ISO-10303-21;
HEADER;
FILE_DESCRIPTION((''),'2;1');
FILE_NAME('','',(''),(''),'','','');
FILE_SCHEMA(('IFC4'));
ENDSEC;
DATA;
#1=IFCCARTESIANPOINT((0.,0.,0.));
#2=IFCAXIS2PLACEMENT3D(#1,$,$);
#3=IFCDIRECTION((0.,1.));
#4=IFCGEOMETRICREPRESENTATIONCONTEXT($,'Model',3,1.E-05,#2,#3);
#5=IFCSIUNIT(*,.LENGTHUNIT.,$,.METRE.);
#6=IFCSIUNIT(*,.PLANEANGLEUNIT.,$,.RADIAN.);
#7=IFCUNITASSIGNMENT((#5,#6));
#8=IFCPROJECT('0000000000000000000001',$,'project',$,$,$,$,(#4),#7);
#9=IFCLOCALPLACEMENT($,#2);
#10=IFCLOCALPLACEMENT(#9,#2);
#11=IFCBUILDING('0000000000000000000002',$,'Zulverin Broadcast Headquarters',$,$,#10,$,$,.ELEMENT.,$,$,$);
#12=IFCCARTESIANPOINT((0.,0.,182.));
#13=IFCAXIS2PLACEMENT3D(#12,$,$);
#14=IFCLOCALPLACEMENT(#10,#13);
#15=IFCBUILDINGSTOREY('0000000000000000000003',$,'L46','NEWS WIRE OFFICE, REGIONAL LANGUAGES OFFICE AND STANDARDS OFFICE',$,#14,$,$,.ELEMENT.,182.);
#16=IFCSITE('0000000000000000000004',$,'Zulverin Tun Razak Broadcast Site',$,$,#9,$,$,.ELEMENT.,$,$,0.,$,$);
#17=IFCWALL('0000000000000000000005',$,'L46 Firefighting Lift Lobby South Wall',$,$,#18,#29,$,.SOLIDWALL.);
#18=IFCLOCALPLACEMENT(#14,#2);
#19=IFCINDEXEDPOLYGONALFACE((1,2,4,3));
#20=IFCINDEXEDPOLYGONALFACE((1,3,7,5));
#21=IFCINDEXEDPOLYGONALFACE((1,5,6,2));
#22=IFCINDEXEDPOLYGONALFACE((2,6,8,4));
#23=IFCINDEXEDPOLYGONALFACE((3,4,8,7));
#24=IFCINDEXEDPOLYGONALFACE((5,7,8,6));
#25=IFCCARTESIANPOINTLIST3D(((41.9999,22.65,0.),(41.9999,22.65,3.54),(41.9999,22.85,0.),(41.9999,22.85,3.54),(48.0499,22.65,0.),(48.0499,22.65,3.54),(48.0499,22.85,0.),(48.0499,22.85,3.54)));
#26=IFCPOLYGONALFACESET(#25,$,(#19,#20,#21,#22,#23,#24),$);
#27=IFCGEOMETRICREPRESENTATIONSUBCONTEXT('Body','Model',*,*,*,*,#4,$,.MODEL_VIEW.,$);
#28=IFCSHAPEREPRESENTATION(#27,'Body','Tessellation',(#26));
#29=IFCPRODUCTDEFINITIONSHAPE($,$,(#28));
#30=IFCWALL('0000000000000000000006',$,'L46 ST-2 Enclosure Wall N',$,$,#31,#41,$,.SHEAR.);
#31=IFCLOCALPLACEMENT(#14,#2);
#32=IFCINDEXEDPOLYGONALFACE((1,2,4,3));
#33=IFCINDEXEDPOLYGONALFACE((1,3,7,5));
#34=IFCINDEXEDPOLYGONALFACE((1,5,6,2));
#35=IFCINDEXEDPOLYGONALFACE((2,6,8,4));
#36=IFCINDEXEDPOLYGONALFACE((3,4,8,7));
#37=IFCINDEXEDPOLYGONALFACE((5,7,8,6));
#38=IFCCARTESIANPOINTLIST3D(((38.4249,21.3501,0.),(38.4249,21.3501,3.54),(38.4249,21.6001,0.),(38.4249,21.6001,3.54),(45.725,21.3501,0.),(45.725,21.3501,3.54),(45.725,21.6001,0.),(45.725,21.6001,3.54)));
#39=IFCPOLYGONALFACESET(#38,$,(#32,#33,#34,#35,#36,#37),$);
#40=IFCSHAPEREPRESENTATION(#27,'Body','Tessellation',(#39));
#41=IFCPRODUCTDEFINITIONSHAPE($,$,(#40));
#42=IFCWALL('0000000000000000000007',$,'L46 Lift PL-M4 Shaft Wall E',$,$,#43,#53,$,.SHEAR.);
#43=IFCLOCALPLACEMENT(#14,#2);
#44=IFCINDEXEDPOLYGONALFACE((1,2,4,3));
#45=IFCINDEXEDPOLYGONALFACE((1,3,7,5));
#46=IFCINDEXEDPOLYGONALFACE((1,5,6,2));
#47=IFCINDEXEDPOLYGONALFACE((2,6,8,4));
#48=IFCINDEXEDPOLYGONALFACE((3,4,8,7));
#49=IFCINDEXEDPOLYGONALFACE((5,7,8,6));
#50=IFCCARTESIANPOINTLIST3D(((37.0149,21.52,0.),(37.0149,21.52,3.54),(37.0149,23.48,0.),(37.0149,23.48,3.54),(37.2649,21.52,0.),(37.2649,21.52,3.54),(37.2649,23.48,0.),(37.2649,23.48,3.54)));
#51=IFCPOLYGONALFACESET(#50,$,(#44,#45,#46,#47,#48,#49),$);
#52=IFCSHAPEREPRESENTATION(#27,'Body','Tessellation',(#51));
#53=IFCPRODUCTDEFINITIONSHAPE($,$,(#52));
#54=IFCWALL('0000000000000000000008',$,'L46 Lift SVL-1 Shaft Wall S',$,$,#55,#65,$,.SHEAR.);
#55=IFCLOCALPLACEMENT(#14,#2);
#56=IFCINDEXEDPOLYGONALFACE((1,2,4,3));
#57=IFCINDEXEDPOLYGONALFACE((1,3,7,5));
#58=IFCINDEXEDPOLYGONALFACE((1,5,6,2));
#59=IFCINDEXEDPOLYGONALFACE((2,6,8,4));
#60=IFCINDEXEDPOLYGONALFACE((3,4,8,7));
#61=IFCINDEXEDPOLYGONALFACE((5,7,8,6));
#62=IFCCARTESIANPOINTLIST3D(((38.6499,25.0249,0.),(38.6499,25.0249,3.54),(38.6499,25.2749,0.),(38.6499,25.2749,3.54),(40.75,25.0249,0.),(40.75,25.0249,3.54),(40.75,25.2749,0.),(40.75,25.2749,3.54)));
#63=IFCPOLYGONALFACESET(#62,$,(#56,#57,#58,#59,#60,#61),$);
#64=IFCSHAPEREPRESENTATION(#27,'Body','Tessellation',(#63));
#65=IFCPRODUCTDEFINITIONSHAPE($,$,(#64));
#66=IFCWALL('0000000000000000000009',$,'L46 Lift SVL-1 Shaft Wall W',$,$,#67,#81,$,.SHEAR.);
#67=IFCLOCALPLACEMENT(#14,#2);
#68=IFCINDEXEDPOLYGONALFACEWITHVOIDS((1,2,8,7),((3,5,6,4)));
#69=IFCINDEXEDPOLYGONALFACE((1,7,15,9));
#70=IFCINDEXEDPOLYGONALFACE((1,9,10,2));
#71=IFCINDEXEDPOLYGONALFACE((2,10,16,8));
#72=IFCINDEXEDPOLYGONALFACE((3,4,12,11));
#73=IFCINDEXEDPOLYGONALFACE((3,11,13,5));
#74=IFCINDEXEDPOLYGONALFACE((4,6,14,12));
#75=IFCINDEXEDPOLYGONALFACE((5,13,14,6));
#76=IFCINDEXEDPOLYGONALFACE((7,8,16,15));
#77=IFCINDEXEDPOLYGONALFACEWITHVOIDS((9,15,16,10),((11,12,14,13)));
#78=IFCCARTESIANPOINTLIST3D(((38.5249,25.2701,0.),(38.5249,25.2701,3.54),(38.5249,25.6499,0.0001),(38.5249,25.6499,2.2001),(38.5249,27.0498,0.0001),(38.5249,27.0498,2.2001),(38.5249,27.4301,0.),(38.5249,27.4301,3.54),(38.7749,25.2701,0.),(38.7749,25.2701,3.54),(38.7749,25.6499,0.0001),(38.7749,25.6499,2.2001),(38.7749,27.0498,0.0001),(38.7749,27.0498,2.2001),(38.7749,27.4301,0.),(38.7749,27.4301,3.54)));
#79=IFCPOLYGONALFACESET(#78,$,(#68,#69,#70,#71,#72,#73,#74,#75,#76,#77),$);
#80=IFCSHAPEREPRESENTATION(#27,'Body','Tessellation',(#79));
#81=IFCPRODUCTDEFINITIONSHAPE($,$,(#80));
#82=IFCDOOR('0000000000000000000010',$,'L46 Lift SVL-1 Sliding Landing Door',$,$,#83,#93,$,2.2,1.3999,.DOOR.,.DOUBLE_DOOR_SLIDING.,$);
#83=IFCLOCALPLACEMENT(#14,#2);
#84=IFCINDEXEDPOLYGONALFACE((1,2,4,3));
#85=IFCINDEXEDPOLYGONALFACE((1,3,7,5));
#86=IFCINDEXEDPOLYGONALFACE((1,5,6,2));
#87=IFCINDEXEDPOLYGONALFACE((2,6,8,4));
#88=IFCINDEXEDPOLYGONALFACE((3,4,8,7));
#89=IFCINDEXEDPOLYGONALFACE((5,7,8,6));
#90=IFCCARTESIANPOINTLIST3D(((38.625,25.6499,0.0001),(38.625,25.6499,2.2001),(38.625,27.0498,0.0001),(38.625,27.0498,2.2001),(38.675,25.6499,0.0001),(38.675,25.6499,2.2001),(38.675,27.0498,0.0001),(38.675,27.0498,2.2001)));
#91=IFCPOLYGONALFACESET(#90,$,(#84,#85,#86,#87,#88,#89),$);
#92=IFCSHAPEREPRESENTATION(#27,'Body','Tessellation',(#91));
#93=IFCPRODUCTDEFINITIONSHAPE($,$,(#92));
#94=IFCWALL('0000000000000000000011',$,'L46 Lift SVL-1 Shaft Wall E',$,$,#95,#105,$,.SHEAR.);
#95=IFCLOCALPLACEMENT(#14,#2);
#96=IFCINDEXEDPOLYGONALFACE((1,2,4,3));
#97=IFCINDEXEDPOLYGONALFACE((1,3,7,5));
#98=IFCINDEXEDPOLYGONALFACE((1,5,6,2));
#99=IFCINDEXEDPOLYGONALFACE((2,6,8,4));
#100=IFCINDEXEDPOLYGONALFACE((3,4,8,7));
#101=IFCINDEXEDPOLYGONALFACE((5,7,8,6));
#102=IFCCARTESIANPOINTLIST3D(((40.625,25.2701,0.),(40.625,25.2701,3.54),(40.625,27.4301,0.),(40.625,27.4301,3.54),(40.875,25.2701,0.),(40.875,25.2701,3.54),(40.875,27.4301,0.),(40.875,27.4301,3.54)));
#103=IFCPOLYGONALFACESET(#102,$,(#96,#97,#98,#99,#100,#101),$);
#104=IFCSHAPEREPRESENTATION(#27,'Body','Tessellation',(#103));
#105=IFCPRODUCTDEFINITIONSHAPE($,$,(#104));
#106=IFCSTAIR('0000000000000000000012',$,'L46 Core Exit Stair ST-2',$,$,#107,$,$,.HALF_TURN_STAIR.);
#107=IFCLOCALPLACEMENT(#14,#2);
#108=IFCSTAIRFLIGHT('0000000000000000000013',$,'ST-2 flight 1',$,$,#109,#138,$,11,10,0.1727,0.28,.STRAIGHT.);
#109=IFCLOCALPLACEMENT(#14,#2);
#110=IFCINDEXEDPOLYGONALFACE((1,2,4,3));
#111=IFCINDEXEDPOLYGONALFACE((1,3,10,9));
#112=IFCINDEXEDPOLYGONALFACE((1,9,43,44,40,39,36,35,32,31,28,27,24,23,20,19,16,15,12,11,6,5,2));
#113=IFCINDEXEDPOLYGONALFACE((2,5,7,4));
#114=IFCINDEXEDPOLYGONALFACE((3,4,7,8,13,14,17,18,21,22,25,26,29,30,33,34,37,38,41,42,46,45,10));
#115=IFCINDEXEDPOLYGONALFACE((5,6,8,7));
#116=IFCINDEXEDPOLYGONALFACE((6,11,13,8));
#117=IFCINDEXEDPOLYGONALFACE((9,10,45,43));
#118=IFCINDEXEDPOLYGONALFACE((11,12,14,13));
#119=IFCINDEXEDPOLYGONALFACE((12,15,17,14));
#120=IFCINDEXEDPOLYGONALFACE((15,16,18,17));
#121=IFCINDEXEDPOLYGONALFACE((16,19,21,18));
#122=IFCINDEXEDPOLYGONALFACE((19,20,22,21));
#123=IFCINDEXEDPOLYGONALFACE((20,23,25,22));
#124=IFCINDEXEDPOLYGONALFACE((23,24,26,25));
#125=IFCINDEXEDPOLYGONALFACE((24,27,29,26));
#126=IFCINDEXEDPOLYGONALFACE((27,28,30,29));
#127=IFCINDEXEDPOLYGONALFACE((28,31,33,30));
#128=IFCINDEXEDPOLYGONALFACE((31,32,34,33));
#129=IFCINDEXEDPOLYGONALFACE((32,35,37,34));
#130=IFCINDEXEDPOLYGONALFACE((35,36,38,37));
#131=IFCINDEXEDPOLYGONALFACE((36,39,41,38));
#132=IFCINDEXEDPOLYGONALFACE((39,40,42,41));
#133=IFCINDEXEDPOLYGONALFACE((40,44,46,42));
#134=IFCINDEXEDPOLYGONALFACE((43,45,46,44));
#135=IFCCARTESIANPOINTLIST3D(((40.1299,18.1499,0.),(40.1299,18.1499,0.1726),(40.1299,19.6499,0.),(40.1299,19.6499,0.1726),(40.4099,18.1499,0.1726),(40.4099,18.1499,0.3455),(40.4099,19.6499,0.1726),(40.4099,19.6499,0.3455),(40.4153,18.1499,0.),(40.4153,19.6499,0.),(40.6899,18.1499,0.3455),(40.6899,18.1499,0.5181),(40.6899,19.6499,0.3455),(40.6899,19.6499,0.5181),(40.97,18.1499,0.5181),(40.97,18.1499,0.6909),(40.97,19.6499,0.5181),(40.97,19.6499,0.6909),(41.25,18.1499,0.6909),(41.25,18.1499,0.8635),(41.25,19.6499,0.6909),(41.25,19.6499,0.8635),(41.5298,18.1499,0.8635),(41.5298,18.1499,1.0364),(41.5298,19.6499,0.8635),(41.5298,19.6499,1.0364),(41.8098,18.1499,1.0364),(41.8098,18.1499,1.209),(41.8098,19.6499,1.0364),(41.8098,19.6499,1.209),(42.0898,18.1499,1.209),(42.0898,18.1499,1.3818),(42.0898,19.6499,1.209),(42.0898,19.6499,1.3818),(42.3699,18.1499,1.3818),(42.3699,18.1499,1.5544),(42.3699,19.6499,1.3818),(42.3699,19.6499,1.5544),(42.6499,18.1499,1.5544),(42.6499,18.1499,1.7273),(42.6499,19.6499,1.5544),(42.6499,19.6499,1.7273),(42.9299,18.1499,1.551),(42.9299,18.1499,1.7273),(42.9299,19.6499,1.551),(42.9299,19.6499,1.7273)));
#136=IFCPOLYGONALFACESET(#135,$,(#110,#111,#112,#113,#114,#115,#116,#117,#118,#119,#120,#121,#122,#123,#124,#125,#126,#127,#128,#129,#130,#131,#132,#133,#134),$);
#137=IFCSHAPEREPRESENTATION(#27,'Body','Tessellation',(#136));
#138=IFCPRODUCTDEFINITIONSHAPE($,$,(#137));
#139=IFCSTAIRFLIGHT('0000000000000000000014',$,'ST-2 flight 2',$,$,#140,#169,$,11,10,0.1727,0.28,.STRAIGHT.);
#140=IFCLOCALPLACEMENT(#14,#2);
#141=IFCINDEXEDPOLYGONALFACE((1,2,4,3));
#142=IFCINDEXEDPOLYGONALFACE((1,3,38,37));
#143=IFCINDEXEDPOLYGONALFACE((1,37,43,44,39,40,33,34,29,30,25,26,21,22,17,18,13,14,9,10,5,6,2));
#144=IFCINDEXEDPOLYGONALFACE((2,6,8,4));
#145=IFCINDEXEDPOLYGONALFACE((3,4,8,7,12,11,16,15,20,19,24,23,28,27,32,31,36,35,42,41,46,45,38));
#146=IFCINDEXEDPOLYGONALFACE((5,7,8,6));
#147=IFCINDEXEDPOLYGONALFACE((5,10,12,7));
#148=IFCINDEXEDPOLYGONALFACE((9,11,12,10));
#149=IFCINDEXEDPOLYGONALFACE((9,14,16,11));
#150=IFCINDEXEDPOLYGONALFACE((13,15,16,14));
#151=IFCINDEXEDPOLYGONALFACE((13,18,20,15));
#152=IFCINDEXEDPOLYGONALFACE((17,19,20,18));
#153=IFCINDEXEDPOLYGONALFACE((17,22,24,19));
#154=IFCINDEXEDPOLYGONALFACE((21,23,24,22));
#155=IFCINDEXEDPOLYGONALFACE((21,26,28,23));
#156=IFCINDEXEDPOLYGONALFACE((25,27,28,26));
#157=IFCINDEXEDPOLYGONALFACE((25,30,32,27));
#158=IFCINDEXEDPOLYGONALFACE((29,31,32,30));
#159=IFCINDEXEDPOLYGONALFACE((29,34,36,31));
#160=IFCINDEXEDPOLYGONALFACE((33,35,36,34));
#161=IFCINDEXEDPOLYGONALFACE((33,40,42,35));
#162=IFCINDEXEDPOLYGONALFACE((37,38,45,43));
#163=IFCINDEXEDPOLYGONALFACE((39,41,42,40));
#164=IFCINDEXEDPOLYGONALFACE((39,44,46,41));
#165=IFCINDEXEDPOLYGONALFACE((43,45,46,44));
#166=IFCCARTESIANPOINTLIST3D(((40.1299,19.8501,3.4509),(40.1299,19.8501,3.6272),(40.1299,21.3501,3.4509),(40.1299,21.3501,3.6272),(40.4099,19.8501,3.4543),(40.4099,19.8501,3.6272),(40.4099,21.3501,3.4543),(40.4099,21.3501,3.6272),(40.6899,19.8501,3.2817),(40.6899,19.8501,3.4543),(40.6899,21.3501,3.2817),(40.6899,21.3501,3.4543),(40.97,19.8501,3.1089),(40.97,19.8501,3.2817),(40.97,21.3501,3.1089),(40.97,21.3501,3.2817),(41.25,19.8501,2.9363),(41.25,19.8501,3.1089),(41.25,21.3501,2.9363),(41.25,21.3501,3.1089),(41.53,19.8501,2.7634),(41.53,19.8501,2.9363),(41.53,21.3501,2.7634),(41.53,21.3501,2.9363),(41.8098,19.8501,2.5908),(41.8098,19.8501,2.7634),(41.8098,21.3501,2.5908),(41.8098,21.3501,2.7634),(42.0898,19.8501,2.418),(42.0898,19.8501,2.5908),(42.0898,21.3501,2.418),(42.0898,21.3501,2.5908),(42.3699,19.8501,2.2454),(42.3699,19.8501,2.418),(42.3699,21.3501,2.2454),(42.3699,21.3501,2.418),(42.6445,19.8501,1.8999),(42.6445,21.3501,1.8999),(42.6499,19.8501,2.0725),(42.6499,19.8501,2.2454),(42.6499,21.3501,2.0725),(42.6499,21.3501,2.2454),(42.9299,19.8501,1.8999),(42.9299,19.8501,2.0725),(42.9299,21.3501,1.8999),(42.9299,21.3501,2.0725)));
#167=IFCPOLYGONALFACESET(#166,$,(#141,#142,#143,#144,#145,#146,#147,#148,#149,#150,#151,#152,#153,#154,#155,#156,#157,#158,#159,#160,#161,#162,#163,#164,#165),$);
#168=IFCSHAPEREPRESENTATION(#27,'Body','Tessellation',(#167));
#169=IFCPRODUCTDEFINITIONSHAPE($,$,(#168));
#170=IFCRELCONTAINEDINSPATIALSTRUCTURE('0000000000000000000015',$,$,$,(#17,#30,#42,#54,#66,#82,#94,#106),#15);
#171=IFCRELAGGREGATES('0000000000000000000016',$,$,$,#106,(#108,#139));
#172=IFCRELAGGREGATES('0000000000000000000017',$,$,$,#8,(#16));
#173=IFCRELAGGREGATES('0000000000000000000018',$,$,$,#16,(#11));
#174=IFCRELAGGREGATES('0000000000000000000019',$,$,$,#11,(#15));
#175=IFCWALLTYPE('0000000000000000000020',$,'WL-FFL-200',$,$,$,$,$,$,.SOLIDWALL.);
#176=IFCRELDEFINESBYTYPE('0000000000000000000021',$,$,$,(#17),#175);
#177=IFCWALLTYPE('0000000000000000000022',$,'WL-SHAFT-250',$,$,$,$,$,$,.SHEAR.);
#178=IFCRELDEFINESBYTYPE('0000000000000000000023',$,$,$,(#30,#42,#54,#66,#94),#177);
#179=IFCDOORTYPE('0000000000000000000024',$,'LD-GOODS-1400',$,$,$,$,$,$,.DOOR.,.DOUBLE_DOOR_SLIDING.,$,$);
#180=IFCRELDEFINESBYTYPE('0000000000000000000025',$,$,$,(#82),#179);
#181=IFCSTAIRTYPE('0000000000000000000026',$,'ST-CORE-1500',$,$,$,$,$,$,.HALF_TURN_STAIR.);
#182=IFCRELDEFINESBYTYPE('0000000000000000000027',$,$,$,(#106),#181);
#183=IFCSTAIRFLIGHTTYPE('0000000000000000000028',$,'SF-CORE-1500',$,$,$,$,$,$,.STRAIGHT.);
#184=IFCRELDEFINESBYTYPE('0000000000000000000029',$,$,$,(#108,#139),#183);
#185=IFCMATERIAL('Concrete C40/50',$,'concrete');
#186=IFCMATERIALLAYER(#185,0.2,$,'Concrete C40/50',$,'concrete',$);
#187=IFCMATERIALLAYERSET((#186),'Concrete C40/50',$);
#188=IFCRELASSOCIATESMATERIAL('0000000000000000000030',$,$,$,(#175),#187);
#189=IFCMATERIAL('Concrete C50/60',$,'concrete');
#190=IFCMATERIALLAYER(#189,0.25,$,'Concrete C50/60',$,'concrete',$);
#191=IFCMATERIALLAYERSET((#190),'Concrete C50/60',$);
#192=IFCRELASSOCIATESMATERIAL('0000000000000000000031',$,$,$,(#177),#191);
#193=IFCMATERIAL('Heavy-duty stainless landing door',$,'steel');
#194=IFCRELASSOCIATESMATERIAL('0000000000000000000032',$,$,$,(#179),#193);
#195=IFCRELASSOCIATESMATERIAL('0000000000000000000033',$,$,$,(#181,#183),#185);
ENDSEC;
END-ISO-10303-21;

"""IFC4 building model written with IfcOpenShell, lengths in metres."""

from ifc_helpers import new_model, si_unit, direction, frame, frame_2d, origin, place, context, subcontext, project, spatial, polyline, rectangle, outline, extrude, material, layer, layer_set, type_object, element, fill, aggregate, save


model = new_model("IFC4")

# Units and contexts
model_context = context("Model", 3, precision=1e-05, world=origin(), true_north=direction((0.0, 1.0)))
body_context = subcontext(model_context, "Body", "Model", "MODEL_VIEW")
ifc_project = project(units=[si_unit("LENGTHUNIT", "METRE"), si_unit("PLANEANGLEUNIT", "RADIAN")], contexts=[model_context])

# Site, building, storey
site_placement = place(None, origin())
site = spatial("IfcSite", under=ifc_project, at=site_placement, Name="Zulverin Tun Razak Broadcast Site", CompositionType="ELEMENT", RefElevation=0.0)
building_placement = place(site_placement, origin())
building = spatial("IfcBuilding", under=site, at=building_placement, Name="Zulverin Broadcast Headquarters", CompositionType="ELEMENT")
storey_placement = place(building_placement, frame((0.0, 0.0, 182.0)))
storey = spatial("IfcBuildingStorey", under=building, at=storey_placement, Name="L46", Description="NEWS WIRE OFFICE, REGIONAL LANGUAGES OFFICE AND STANDARDS OFFICE", CompositionType="ELEMENT", Elevation=182.0)

# Shared definitions
ifc_material_1 = material(Name="Concrete C40/50", Category="concrete")
ifc_layer_1 = layer(ifc_material_1, 0.2, Name="Concrete C40/50", Category="concrete")
ifc_layer_set_1 = layer_set([ifc_layer_1], Name="Concrete C40/50")
wall_type_1 = type_object("IfcWallType", Name="WL-FFL-200", PredefinedType="SOLIDWALL", material=ifc_layer_set_1)

# Walls
wall_1_placement = place(storey_placement, frame((42.0, 22.75, 0.0), z_axis=(0.0, 0.0, 1.0), x_axis=(1.0, 0.0, 0.0)))
element("IfcWall", 1, at=wall_1_placement, inside=storey, type_object=wall_type_1, Name="L46 Firefighting Lift Lobby South Wall", PredefinedType="SOLIDWALL", context=body_context, shape_type="SweptSolid", body=[
    extrude(rectangle(XDim=6.05, YDim=0.2, at=frame_2d((3.0249, 0.0))), origin(), (0.0, 0.0, 1.0), 3.54),
])
ifc_material_2 = material(Name="Concrete C50/60", Category="concrete")
ifc_layer_2 = layer(ifc_material_2, 0.25, Name="Concrete C50/60", Category="concrete")
ifc_layer_set_2 = layer_set([ifc_layer_2], Name="Concrete C50/60")
wall_type_2 = type_object("IfcWallType", Name="WL-SHAFT-250", PredefinedType="SHEAR", material=ifc_layer_set_2)
wall_2_placement = place(storey_placement, frame((38.425, 21.4751, 0.0), z_axis=(0.0, 0.0, 1.0), x_axis=(1.0, 0.0, 0.0)))
element("IfcWall", 2, at=wall_2_placement, inside=storey, type_object=wall_type_2, Name="L46 ST-2 Enclosure Wall N", PredefinedType="SHEAR", context=body_context, shape_type="SweptSolid", body=[
    extrude(rectangle(XDim=7.3, YDim=0.25, at=frame_2d((3.6499, 0.0))), origin(), (0.0, 0.0, 1.0), 3.54),
])
wall_3_placement = place(storey_placement, frame((37.1399, 21.52, 0.0), z_axis=(0.0, 0.0, 1.0), x_axis=(0.0, 1.0, 0.0)))
element("IfcWall", 3, at=wall_3_placement, inside=storey, type_object=wall_type_2, Name="L46 Lift PL-M4 Shaft Wall E", PredefinedType="SHEAR", context=body_context, shape_type="SweptSolid", body=[
    extrude(rectangle(XDim=1.96, YDim=0.25, at=frame_2d((0.98, 0.0))), origin(), (0.0, 0.0, 1.0), 3.54),
])

# Wall
wall_4_placement = place(storey_placement, frame((38.6499, 25.1499, 0.0), z_axis=(0.0, 0.0, 1.0), x_axis=(1.0, 0.0, 0.0)))
element("IfcWall", 4, at=wall_4_placement, inside=storey, type_object=wall_type_2, Name="L46 Lift SVL-1 Shaft Wall S", PredefinedType="SHEAR", context=body_context, shape_type="SweptSolid", body=[
    extrude(rectangle(XDim=2.1001, YDim=0.25, at=frame_2d((1.05, 0.0))), origin(), (0.0, 0.0, 1.0), 3.54),
])

# Wall, opening, door
wall_5_placement = place(storey_placement, frame((38.6499, 25.27, 0.0), z_axis=(0.0, 0.0, 1.0), x_axis=(0.0, 1.0, 0.0)))
wall_5 = element("IfcWall", 5, at=wall_5_placement, inside=storey, type_object=wall_type_2, Name="L46 Lift SVL-1 Shaft Wall W", PredefinedType="SHEAR", context=body_context, shape_type="SweptSolid", body=[
    extrude(rectangle(XDim=2.1599, YDim=0.25, at=frame_2d((1.0801, 0.0))), origin(), (0.0, 0.0, 1.0), 3.54),
])
opening_1_placement = place(wall_5_placement, frame((0.3799, 0.0, 0.0)))
opening_1 = element("IfcOpeningElement", 6, at=opening_1_placement, cuts=wall_5, PredefinedType="OPENING", context=body_context, shape_type="SweptSolid", body=[
    extrude(rectangle(XDim=1.3999, YDim=2.2, at=frame_2d((0.7, 1.1001))), frame((0.0, 0.135, 0.0), z_axis=(0.0, -1.0, 0.0), x_axis=(1.0, 0.0, 0.0)), (0.0, 0.0, 1.0), 0.27),
])
ifc_material_3 = material(Name="Heavy-duty stainless landing door", Category="steel")
door_type_1 = type_object("IfcDoorType", Name="LD-GOODS-1400", OperationType="DOUBLE_DOOR_SLIDING", PredefinedType="DOOR", material=ifc_material_3)
door_1_placement = place(opening_1_placement, origin())
door_1 = element("IfcDoor", 7, at=door_1_placement, inside=storey, type_object=door_type_1, Name="L46 Lift SVL-1 Sliding Landing Door", OperationType="DOUBLE_DOOR_SLIDING", OverallHeight=2.2, OverallWidth=1.3999, PredefinedType="DOOR", context=body_context, shape_type="SweptSolid", body=[
    extrude(rectangle(XDim=1.3999, YDim=2.2, at=frame_2d((0.7, 1.1001))), frame((0.0, 0.0249, 0.0), z_axis=(0.0, -1.0, 0.0), x_axis=(1.0, 0.0, 0.0)), (0.0, 0.0, 1.0), 0.05),
])
fill(opening_1, door_1)

# Wall
wall_6_placement = place(storey_placement, frame((40.75, 25.27, 0.0), z_axis=(0.0, 0.0, 1.0), x_axis=(0.0, 1.0, 0.0)))
element("IfcWall", 8, at=wall_6_placement, inside=storey, type_object=wall_type_2, Name="L46 Lift SVL-1 Shaft Wall E", PredefinedType="SHEAR", context=body_context, shape_type="SweptSolid", body=[
    extrude(rectangle(XDim=2.1599, YDim=0.25, at=frame_2d((1.0801, 0.0))), origin(), (0.0, 0.0, 1.0), 3.54),
])

# Stair, stair flights
stair_type = type_object("IfcStairType", Name="ST-CORE-1500", PredefinedType="HALF_TURN_STAIR", material=ifc_material_1)
stair_placement = place(storey_placement, origin())
stair = element("IfcStair", 9, at=stair_placement, inside=storey, type_object=stair_type, Name="L46 Core Exit Stair ST-2", PredefinedType="HALF_TURN_STAIR")
stair_flight_type = type_object("IfcStairFlightType", Name="SF-CORE-1500", PredefinedType="STRAIGHT", material=ifc_material_1)
stair_flight_1_placement = place(storey_placement, frame((40.1299, 18.8999, 0.0), z_axis=(0.0, 0.0, 1.0), x_axis=(1.0, 0.0, 0.0)))
stair_flight_1 = element("IfcStairFlight", 10, at=stair_flight_1_placement, type_object=stair_flight_type, Name="ST-2 flight 1", NumberOfRisers=11, NumberOfTreads=10, PredefinedType="STRAIGHT", RiserHeight=0.1727, TreadLength=0.28, context=body_context, shape_type="SweptSolid", body=[
    extrude(outline(polyline([(0.0, 0.0), (0.0, 0.1726), (0.28, 0.1726), (0.28, 0.3455), (0.5601, 0.3455), (0.5601, 0.5181), (0.8401, 0.5181), (0.8401, 0.6909), (1.1201, 0.6909), (1.1201, 0.8635), (1.3999, 0.8635), (1.3999, 1.0364), (1.6799, 1.0364), (1.6799, 1.209), (1.96, 1.209), (1.96, 1.3818), (2.24, 1.3818), (2.24, 1.5544), (2.52, 1.5544), (2.52, 1.7273), (2.8, 1.7273), (2.8, 1.8999), (2.8, 1.551), (0.2854, 0.0), (0.0, 0.0)])), frame((0.0, 0.75, 0.0), z_axis=(0.0, -1.0, 0.0), x_axis=(1.0, 0.0, 0.0)), (0.0, 0.0, 1.0), 1.5),
])
stair_flight_2_placement = place(storey_placement, frame((42.9299, 20.6001, 1.8999), z_axis=(0.0, 0.0, 1.0), x_axis=(-1.0, 0.0, 0.0)))
stair_flight_2 = element("IfcStairFlight", 11, at=stair_flight_2_placement, type_object=stair_flight_type, Name="ST-2 flight 2", NumberOfRisers=11, NumberOfTreads=10, PredefinedType="STRAIGHT", RiserHeight=0.1727, TreadLength=0.28, context=body_context, shape_type="SweptSolid", body=[
    extrude(outline(polyline([(0.0, 0.0), (0.0, 0.1726), (0.28, 0.1726), (0.28, 0.3455), (0.5601, 0.3455), (0.5601, 0.5181), (0.8401, 0.5181), (0.8401, 0.6909), (1.1201, 0.6909), (1.1201, 0.8635), (1.3999, 0.8635), (1.3999, 1.0364), (1.6799, 1.0364), (1.6799, 1.209), (1.96, 1.209), (1.96, 1.3818), (2.24, 1.3818), (2.24, 1.5544), (2.52, 1.5544), (2.52, 1.7273), (2.8, 1.7273), (2.8, 1.8999), (2.8, 1.551), (0.2854, 0.0), (0.0, 0.0)])), frame((0.0, 0.75, 0.0), z_axis=(0.0, -1.0, 0.0), x_axis=(1.0, 0.0, 0.0)), (0.0, 0.0, 1.0), 1.5),
])
aggregate(stair, [stair_flight_1, stair_flight_2])

save(model, "model.ifc")
